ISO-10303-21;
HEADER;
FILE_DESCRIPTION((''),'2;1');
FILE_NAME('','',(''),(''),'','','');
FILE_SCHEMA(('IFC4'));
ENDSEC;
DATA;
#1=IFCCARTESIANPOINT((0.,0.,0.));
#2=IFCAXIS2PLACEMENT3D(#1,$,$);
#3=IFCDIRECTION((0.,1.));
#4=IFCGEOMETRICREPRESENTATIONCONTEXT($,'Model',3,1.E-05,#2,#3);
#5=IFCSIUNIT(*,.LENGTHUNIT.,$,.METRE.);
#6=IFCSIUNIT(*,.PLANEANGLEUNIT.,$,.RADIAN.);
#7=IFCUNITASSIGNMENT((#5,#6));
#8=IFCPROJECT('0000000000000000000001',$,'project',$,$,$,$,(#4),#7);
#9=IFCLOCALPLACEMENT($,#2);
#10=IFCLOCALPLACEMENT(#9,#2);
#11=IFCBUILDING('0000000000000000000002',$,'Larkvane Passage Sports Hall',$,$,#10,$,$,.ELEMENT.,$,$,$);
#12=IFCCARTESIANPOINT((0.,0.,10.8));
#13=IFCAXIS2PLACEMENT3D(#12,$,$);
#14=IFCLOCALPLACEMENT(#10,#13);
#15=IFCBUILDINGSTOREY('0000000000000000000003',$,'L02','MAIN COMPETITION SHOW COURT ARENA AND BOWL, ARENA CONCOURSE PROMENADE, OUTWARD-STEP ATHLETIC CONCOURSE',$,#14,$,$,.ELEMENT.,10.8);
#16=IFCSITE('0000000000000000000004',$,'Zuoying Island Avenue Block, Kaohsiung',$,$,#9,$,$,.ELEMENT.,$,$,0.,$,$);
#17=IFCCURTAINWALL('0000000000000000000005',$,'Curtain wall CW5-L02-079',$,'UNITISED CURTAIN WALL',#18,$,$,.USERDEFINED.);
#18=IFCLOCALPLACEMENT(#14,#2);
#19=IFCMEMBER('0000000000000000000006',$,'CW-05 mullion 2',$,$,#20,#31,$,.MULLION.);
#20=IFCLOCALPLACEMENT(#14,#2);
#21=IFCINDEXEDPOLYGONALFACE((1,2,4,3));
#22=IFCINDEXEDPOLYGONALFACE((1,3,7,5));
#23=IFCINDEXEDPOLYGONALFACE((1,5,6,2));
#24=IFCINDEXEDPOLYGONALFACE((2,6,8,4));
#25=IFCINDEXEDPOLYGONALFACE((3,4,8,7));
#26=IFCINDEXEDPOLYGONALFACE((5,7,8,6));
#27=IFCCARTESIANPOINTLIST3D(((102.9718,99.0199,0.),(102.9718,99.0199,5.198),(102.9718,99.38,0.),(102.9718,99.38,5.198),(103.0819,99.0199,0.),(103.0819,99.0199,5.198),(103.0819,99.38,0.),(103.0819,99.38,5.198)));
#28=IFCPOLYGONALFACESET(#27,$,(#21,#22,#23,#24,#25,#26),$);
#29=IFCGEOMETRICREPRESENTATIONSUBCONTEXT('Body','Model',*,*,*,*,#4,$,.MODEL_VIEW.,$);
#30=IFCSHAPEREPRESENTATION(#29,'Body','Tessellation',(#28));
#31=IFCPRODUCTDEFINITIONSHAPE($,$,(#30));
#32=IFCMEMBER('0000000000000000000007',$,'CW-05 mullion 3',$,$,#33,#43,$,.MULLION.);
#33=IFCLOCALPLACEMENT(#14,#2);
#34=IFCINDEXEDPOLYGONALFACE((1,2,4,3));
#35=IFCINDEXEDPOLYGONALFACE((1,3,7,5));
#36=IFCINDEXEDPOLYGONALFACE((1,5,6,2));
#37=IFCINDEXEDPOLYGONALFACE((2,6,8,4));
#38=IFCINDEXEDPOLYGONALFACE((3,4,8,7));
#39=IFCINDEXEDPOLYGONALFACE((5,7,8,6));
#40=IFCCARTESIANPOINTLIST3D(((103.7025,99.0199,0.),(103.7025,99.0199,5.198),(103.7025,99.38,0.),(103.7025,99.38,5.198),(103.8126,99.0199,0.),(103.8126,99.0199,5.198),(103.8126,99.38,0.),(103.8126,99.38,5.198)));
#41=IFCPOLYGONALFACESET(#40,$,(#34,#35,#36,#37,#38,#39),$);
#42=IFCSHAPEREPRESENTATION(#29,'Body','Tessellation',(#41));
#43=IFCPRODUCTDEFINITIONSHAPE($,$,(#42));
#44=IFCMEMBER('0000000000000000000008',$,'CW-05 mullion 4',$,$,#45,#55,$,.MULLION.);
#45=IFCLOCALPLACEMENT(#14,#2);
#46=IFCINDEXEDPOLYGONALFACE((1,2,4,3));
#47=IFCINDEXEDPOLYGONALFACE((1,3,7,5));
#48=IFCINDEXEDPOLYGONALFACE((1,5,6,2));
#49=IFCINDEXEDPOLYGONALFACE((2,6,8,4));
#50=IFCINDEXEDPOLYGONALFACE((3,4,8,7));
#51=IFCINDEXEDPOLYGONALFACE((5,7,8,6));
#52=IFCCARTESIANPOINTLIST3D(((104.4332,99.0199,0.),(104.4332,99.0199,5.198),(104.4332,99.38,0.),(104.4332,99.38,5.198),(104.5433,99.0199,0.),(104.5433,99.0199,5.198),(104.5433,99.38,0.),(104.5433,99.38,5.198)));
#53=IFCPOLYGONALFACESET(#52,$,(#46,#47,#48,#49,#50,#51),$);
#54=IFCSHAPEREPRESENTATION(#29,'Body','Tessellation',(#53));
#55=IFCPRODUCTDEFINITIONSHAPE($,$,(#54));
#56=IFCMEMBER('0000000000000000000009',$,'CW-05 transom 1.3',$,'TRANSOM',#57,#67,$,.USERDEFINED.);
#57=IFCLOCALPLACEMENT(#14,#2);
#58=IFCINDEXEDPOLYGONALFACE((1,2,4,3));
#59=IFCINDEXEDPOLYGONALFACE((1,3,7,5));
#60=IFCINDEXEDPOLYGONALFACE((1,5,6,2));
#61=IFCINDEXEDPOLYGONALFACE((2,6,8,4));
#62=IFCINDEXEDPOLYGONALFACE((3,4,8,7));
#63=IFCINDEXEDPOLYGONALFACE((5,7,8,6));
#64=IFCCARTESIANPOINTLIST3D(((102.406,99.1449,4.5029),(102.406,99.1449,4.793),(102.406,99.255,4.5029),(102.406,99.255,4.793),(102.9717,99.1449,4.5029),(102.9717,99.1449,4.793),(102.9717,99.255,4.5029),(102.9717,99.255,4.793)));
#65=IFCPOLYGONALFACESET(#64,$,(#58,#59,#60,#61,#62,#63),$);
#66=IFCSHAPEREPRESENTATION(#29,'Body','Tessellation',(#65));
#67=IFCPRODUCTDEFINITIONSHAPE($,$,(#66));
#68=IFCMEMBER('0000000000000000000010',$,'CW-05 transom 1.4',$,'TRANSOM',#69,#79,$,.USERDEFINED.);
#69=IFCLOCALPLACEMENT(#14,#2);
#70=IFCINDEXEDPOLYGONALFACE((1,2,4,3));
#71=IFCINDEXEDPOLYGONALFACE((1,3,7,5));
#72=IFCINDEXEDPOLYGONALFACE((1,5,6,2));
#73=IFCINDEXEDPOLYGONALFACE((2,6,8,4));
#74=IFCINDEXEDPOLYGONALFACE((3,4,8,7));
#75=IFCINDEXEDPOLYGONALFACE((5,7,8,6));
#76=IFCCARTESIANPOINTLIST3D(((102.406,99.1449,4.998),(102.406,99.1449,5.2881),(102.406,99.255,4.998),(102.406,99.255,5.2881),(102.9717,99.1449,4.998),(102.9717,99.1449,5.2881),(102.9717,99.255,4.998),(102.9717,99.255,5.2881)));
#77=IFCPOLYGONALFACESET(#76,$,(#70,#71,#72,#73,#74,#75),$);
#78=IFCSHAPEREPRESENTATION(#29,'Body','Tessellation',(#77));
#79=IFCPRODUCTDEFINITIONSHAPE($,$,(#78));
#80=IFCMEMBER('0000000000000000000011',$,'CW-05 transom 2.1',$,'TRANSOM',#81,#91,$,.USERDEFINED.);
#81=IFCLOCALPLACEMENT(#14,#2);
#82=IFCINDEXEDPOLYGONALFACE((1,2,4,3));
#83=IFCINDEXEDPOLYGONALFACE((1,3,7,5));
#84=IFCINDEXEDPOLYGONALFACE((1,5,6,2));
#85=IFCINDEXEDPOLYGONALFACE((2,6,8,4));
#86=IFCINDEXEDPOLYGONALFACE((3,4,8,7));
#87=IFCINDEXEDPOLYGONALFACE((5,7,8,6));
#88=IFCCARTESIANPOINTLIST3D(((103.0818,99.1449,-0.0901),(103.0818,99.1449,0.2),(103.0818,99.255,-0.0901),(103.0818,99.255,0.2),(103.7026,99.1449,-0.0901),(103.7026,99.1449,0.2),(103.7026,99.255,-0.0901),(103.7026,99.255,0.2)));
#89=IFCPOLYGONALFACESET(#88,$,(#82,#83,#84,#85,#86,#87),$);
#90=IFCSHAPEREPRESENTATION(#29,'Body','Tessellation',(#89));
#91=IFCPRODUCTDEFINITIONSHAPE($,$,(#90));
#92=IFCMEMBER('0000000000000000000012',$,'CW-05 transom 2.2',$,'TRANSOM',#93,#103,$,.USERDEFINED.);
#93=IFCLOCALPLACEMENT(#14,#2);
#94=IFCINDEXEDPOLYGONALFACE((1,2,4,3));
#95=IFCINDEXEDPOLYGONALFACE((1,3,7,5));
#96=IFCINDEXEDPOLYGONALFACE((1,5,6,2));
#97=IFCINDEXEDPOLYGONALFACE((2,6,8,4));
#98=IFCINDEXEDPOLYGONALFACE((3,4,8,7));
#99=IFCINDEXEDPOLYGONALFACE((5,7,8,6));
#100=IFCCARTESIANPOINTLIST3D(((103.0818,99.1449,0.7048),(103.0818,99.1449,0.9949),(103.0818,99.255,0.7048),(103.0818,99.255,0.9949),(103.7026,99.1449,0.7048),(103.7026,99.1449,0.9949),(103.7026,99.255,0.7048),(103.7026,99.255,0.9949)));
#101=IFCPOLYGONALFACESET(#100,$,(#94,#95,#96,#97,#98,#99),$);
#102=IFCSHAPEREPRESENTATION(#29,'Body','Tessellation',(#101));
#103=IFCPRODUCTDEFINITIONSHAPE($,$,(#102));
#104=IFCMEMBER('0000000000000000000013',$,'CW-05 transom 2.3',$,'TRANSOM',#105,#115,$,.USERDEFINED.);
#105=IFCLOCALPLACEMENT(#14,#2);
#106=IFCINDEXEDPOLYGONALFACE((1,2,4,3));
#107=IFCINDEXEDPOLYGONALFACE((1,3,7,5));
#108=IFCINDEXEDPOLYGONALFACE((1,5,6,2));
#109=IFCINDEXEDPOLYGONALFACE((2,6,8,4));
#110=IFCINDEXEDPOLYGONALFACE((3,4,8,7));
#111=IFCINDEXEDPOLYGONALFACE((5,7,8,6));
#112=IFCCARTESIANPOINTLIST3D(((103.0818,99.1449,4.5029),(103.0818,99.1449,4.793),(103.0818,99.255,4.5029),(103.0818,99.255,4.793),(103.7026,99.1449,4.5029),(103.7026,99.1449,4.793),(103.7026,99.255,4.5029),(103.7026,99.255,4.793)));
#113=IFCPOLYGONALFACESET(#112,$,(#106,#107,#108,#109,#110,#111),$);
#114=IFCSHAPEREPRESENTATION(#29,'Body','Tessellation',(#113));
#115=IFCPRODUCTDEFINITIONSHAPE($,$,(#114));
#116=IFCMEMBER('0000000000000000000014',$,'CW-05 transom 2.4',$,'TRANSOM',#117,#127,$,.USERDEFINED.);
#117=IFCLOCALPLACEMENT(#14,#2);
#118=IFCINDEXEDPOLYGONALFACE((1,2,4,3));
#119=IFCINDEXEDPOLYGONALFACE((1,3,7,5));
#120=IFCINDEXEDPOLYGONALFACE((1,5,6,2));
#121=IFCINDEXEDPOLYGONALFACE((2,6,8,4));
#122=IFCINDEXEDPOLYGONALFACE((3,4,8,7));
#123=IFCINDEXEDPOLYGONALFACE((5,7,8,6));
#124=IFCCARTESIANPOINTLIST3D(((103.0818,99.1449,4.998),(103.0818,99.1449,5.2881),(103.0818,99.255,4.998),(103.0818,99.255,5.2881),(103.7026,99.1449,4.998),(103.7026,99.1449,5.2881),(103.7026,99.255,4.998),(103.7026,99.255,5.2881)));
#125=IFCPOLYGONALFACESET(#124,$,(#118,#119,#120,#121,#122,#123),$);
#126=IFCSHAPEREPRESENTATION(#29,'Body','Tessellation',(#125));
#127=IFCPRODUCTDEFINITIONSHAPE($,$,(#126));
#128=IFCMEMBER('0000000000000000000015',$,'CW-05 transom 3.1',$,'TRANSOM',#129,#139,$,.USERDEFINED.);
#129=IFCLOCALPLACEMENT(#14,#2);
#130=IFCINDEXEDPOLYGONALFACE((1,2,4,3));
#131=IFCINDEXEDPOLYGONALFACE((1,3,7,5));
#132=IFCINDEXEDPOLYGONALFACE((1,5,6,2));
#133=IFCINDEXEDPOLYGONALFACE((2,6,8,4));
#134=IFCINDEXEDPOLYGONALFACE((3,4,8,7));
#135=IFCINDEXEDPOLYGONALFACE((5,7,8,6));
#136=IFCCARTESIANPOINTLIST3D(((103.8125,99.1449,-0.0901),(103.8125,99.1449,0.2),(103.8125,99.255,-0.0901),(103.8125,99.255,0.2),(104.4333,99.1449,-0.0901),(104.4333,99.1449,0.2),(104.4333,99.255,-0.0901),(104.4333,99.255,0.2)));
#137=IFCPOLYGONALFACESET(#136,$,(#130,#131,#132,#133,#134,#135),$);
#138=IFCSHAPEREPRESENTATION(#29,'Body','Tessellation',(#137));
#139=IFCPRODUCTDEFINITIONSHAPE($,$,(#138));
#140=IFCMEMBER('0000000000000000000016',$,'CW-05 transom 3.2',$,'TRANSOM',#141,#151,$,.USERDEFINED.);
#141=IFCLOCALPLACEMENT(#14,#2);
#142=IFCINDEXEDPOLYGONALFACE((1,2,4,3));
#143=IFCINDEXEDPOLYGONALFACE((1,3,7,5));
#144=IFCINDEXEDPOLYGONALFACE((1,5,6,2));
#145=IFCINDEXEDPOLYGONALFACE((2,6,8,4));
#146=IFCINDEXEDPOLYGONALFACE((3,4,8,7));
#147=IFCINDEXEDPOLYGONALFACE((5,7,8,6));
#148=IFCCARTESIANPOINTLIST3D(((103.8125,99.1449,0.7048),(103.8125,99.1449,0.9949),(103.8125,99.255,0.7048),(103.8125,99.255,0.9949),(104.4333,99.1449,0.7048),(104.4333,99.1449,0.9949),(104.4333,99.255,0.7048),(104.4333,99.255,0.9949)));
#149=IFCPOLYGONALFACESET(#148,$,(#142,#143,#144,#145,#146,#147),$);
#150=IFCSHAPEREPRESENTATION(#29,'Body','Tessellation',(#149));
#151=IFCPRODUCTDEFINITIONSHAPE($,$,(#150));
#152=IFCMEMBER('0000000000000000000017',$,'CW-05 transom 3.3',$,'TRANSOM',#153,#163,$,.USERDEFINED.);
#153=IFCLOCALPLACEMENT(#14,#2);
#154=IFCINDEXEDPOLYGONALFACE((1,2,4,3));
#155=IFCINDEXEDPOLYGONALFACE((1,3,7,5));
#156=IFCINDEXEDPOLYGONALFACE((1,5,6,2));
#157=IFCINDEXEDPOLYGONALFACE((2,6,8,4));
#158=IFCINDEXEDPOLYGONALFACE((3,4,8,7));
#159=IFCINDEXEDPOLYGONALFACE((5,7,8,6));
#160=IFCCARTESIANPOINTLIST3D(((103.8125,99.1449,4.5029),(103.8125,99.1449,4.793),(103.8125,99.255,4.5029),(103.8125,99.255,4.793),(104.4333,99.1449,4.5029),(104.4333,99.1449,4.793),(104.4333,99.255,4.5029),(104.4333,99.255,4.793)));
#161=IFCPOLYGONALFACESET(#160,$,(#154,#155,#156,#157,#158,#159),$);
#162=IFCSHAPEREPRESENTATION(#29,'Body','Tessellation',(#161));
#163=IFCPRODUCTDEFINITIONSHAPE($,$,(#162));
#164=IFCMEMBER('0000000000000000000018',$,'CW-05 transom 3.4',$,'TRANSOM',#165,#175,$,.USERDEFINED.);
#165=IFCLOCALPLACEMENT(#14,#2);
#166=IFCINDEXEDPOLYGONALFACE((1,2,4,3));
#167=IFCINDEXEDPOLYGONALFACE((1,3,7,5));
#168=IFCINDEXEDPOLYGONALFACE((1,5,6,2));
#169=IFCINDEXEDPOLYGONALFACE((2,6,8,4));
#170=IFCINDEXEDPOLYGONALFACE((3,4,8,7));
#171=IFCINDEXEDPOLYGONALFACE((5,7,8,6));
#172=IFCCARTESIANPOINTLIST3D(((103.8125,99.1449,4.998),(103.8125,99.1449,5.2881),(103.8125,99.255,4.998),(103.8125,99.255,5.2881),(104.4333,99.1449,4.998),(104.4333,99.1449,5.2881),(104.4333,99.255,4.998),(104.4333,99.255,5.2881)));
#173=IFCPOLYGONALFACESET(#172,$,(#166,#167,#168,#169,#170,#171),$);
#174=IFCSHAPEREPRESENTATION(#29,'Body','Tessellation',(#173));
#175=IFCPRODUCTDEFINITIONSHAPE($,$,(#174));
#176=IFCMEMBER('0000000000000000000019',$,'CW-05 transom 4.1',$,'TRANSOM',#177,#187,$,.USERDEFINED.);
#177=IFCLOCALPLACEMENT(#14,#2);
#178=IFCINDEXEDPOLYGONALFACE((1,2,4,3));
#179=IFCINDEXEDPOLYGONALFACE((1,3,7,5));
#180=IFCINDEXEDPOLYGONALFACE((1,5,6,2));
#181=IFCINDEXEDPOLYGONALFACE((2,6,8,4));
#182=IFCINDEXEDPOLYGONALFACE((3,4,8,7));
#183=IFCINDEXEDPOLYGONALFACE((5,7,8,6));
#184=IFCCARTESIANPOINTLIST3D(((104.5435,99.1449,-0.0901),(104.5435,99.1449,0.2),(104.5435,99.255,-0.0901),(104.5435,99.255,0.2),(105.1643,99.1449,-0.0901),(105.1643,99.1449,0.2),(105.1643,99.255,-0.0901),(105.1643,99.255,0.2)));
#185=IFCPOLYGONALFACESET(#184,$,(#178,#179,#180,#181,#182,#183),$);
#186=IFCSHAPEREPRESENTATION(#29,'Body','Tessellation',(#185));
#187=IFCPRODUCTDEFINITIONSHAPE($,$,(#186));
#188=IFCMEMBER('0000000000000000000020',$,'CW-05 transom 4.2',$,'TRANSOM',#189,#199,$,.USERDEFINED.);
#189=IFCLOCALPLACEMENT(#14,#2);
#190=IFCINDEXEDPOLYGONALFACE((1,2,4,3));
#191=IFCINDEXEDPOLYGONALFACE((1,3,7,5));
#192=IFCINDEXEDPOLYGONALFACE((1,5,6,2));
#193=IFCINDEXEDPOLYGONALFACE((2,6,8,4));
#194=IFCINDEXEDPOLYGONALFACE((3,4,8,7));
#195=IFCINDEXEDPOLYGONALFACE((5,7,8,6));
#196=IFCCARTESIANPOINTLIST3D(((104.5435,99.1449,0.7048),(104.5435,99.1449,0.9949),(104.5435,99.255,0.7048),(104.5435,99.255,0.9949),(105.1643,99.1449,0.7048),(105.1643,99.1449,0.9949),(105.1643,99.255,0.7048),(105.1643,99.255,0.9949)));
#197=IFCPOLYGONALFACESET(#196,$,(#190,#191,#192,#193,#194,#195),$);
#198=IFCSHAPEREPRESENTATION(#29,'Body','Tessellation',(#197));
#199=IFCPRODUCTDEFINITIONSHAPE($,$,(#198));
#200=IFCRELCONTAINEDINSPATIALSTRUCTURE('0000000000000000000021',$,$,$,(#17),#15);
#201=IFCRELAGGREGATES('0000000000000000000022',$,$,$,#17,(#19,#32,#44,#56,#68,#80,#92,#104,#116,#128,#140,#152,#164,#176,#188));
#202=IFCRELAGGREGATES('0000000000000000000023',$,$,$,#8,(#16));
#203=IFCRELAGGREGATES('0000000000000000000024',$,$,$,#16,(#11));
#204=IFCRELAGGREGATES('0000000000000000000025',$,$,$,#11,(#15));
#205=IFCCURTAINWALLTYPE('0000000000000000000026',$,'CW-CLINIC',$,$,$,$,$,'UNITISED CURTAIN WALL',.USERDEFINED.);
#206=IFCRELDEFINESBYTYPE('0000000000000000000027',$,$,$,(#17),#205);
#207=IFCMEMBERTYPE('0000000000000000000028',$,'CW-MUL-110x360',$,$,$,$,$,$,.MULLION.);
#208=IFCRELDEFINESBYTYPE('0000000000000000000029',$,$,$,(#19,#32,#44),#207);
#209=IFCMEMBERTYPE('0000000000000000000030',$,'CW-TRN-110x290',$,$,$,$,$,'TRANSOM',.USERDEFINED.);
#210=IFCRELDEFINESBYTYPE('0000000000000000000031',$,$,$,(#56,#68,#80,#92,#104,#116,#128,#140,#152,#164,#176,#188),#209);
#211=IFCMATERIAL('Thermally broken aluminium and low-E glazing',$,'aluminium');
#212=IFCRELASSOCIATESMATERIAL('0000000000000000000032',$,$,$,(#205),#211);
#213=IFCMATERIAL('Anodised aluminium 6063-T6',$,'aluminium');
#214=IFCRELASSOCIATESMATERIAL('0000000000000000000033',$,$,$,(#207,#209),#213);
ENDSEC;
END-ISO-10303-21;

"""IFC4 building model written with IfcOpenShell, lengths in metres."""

from ifc_helpers import new_model, si_unit, direction, frame, origin, origin_2d, place, context, subcontext, project, spatial, rectangle, extrude, material, material_profile, profile_set, type_object, element, aggregate, save


model = new_model("IFC4")

# Units and contexts
model_context = context("Model", 3, precision=1e-05, world=origin(), true_north=direction((0.0, 1.0)))
body_context = subcontext(model_context, "Body", "Model", "MODEL_VIEW")
ifc_project = project(units=[si_unit("LENGTHUNIT", "METRE"), si_unit("PLANEANGLEUNIT", "RADIAN")], contexts=[model_context])

# Site, building, storey
site_placement = place(None, origin())
site = spatial("IfcSite", under=ifc_project, at=site_placement, Name="Zuoying Island Avenue Block, Kaohsiung", CompositionType="ELEMENT", RefElevation=0.0)
building_placement = place(site_placement, origin())
building = spatial("IfcBuilding", under=site, at=building_placement, Name="Larkvane Passage Sports Hall", CompositionType="ELEMENT")
storey_placement = place(building_placement, frame((0.0, 0.0, 10.8)))
storey = spatial("IfcBuildingStorey", under=building, at=storey_placement, Name="L02", Description="MAIN COMPETITION SHOW COURT ARENA AND BOWL, ARENA CONCOURSE PROMENADE, OUTWARD-STEP ATHLETIC CONCOURSE", CompositionType="ELEMENT", Elevation=10.8)

# Curtain wall, members
ifc_material_1 = material(Name="Thermally broken aluminium and low-E glazing", Category="aluminium")
curtain_wall_type_1 = type_object("IfcCurtainWallType", Name="CW-CLINIC", ElementType="UNITISED CURTAIN WALL", PredefinedType="USERDEFINED", material=ifc_material_1)
curtain_wall_1_placement = place(storey_placement, origin())
curtain_wall_1 = element("IfcCurtainWall", 1, at=curtain_wall_1_placement, inside=storey, type_object=curtain_wall_type_1, Name="Curtain wall CW5-L02-079", ObjectType="UNITISED CURTAIN WALL", PredefinedType="USERDEFINED")
ifc_material_2 = material(Name="Anodised aluminium 6063-T6", Category="aluminium")
ifc_material_profile_1 = material_profile(ifc_material_2, rectangle(XDim=0.1101, YDim=0.3601, at=origin_2d()), Name="ALU-MUL-110x360")
ifc_profile_set_1 = profile_set([ifc_material_profile_1], Name="Anodised aluminium 6063-T6")
member_type_1 = type_object("IfcMemberType", Name="CW-MUL-110x360", PredefinedType="MULLION", material=ifc_profile_set_1)
member_1_placement = place(storey_placement, frame((103.0269, 99.2, 0.0), z_axis=(0.0, 0.0, 1.0), x_axis=(1.0, 0.0, 0.0)))
member_1 = element("IfcMember", 2, at=member_1_placement, type_object=member_type_1, Name="CW-05 mullion 2", PredefinedType="MULLION", context=body_context, shape_type="SweptSolid", body=[
    extrude(rectangle(XDim=0.1101, YDim=0.3601, at=origin_2d()), origin(), (0.0, 0.0, 1.0), 5.198),
])
member_2_placement = place(storey_placement, frame((103.7576, 99.2, 0.0), z_axis=(0.0, 0.0, 1.0), x_axis=(1.0, 0.0, 0.0)))
member_2 = element("IfcMember", 3, at=member_2_placement, type_object=member_type_1, Name="CW-05 mullion 3", PredefinedType="MULLION", context=body_context, shape_type="SweptSolid", body=[
    extrude(rectangle(XDim=0.1101, YDim=0.3601, at=origin_2d()), origin(), (0.0, 0.0, 1.0), 5.198),
])
member_3_placement = place(storey_placement, frame((104.4883, 99.2, 0.0), z_axis=(0.0, 0.0, 1.0), x_axis=(1.0, 0.0, 0.0)))
member_3 = element("IfcMember", 4, at=member_3_placement, type_object=member_type_1, Name="CW-05 mullion 4", PredefinedType="MULLION", context=body_context, shape_type="SweptSolid", body=[
    extrude(rectangle(XDim=0.1101, YDim=0.3601, at=origin_2d()), origin(), (0.0, 0.0, 1.0), 5.198),
])
ifc_material_profile_2 = material_profile(ifc_material_2, rectangle(XDim=0.1101, YDim=0.29, at=origin_2d()), Name="ALU-TRN-110x290")
ifc_profile_set_2 = profile_set([ifc_material_profile_2], Name="Anodised aluminium 6063-T6")
member_type_2 = type_object("IfcMemberType", Name="CW-TRN-110x290", ElementType="TRANSOM", PredefinedType="USERDEFINED", material=ifc_profile_set_2)
member_4_placement = place(storey_placement, frame((102.406, 99.2, 4.6479), z_axis=(1.0, 0.0, 0.0), x_axis=(0.0, 1.0, 0.0)))
member_4 = element("IfcMember", 5, at=member_4_placement, type_object=member_type_2, Name="CW-05 transom 1.3", ObjectType="TRANSOM", PredefinedType="USERDEFINED", context=body_context, shape_type="SweptSolid", body=[
    extrude(rectangle(XDim=0.1101, YDim=0.29, at=origin_2d()), origin(), (0.0, 0.0, 1.0), 0.5657),
])
member_5_placement = place(storey_placement, frame((102.406, 99.2, 5.1431), z_axis=(1.0, 0.0, 0.0), x_axis=(0.0, 1.0, 0.0)))
member_5 = element("IfcMember", 6, at=member_5_placement, type_object=member_type_2, Name="CW-05 transom 1.4", ObjectType="TRANSOM", PredefinedType="USERDEFINED", context=body_context, shape_type="SweptSolid", body=[
    extrude(rectangle(XDim=0.1101, YDim=0.29, at=origin_2d()), origin(), (0.0, 0.0, 1.0), 0.5657),
])
member_6_placement = place(storey_placement, frame((103.0818, 99.2, 0.0549), z_axis=(1.0, 0.0, 0.0), x_axis=(0.0, 1.0, 0.0)))
member_6 = element("IfcMember", 7, at=member_6_placement, type_object=member_type_2, Name="CW-05 transom 2.1", ObjectType="TRANSOM", PredefinedType="USERDEFINED", context=body_context, shape_type="SweptSolid", body=[
    extrude(rectangle(XDim=0.1101, YDim=0.29, at=origin_2d()), origin(), (0.0, 0.0, 1.0), 0.6208),
])
member_7_placement = place(storey_placement, frame((103.0818, 99.2, 0.8499), z_axis=(1.0, 0.0, 0.0), x_axis=(0.0, 1.0, 0.0)))
member_7 = element("IfcMember", 8, at=member_7_placement, type_object=member_type_2, Name="CW-05 transom 2.2", ObjectType="TRANSOM", PredefinedType="USERDEFINED", context=body_context, shape_type="SweptSolid", body=[
    extrude(rectangle(XDim=0.1101, YDim=0.29, at=origin_2d()), origin(), (0.0, 0.0, 1.0), 0.6208),
])
member_8_placement = place(storey_placement, frame((103.0818, 99.2, 4.6479), z_axis=(1.0, 0.0, 0.0), x_axis=(0.0, 1.0, 0.0)))
member_8 = element("IfcMember", 9, at=member_8_placement, type_object=member_type_2, Name="CW-05 transom 2.3", ObjectType="TRANSOM", PredefinedType="USERDEFINED", context=body_context, shape_type="SweptSolid", body=[
    extrude(rectangle(XDim=0.1101, YDim=0.29, at=origin_2d()), origin(), (0.0, 0.0, 1.0), 0.6208),
])
member_9_placement = place(storey_placement, frame((103.0818, 99.2, 5.1431), z_axis=(1.0, 0.0, 0.0), x_axis=(0.0, 1.0, 0.0)))
member_9 = element("IfcMember", 10, at=member_9_placement, type_object=member_type_2, Name="CW-05 transom 2.4", ObjectType="TRANSOM", PredefinedType="USERDEFINED", context=body_context, shape_type="SweptSolid", body=[
    extrude(rectangle(XDim=0.1101, YDim=0.29, at=origin_2d()), origin(), (0.0, 0.0, 1.0), 0.6208),
])
member_10_placement = place(storey_placement, frame((103.8125, 99.2, 0.0549), z_axis=(1.0, 0.0, 0.0), x_axis=(0.0, 1.0, 0.0)))
member_10 = element("IfcMember", 11, at=member_10_placement, type_object=member_type_2, Name="CW-05 transom 3.1", ObjectType="TRANSOM", PredefinedType="USERDEFINED", context=body_context, shape_type="SweptSolid", body=[
    extrude(rectangle(XDim=0.1101, YDim=0.29, at=origin_2d()), origin(), (0.0, 0.0, 1.0), 0.6208),
])
member_11_placement = place(storey_placement, frame((103.8125, 99.2, 0.8499), z_axis=(1.0, 0.0, 0.0), x_axis=(0.0, 1.0, 0.0)))
member_11 = element("IfcMember", 12, at=member_11_placement, type_object=member_type_2, Name="CW-05 transom 3.2", ObjectType="TRANSOM", PredefinedType="USERDEFINED", context=body_context, shape_type="SweptSolid", body=[
    extrude(rectangle(XDim=0.1101, YDim=0.29, at=origin_2d()), origin(), (0.0, 0.0, 1.0), 0.6208),
])
member_12_placement = place(storey_placement, frame((103.8125, 99.2, 4.6479), z_axis=(1.0, 0.0, 0.0), x_axis=(0.0, 1.0, 0.0)))
member_12 = element("IfcMember", 13, at=member_12_placement, type_object=member_type_2, Name="CW-05 transom 3.3", ObjectType="TRANSOM", PredefinedType="USERDEFINED", context=body_context, shape_type="SweptSolid", body=[
    extrude(rectangle(XDim=0.1101, YDim=0.29, at=origin_2d()), origin(), (0.0, 0.0, 1.0), 0.6208),
])
member_13_placement = place(storey_placement, frame((103.8125, 99.2, 5.1431), z_axis=(1.0, 0.0, 0.0), x_axis=(0.0, 1.0, 0.0)))
member_13 = element("IfcMember", 14, at=member_13_placement, type_object=member_type_2, Name="CW-05 transom 3.4", ObjectType="TRANSOM", PredefinedType="USERDEFINED", context=body_context, shape_type="SweptSolid", body=[
    extrude(rectangle(XDim=0.1101, YDim=0.29, at=origin_2d()), origin(), (0.0, 0.0, 1.0), 0.6208),
])
member_14_placement = place(storey_placement, frame((104.5435, 99.2, 0.0549), z_axis=(1.0, 0.0, 0.0), x_axis=(0.0, 1.0, 0.0)))
member_14 = element("IfcMember", 15, at=member_14_placement, type_object=member_type_2, Name="CW-05 transom 4.1", ObjectType="TRANSOM", PredefinedType="USERDEFINED", context=body_context, shape_type="SweptSolid", body=[
    extrude(rectangle(XDim=0.1101, YDim=0.29, at=origin_2d()), origin(), (0.0, 0.0, 1.0), 0.6208),
])
member_15_placement = place(storey_placement, frame((104.5435, 99.2, 0.8499), z_axis=(1.0, 0.0, 0.0), x_axis=(0.0, 1.0, 0.0)))
member_15 = element("IfcMember", 16, at=member_15_placement, type_object=member_type_2, Name="CW-05 transom 4.2", ObjectType="TRANSOM", PredefinedType="USERDEFINED", context=body_context, shape_type="SweptSolid", body=[
    extrude(rectangle(XDim=0.1101, YDim=0.29, at=origin_2d()), origin(), (0.0, 0.0, 1.0), 0.6208),
])

aggregate(curtain_wall_1, [member_1, member_2, member_3, member_4, member_5, member_6, member_7, member_8, member_9, member_10, member_11, member_12, member_13, member_14, member_15])

save(model, "model.ifc")
